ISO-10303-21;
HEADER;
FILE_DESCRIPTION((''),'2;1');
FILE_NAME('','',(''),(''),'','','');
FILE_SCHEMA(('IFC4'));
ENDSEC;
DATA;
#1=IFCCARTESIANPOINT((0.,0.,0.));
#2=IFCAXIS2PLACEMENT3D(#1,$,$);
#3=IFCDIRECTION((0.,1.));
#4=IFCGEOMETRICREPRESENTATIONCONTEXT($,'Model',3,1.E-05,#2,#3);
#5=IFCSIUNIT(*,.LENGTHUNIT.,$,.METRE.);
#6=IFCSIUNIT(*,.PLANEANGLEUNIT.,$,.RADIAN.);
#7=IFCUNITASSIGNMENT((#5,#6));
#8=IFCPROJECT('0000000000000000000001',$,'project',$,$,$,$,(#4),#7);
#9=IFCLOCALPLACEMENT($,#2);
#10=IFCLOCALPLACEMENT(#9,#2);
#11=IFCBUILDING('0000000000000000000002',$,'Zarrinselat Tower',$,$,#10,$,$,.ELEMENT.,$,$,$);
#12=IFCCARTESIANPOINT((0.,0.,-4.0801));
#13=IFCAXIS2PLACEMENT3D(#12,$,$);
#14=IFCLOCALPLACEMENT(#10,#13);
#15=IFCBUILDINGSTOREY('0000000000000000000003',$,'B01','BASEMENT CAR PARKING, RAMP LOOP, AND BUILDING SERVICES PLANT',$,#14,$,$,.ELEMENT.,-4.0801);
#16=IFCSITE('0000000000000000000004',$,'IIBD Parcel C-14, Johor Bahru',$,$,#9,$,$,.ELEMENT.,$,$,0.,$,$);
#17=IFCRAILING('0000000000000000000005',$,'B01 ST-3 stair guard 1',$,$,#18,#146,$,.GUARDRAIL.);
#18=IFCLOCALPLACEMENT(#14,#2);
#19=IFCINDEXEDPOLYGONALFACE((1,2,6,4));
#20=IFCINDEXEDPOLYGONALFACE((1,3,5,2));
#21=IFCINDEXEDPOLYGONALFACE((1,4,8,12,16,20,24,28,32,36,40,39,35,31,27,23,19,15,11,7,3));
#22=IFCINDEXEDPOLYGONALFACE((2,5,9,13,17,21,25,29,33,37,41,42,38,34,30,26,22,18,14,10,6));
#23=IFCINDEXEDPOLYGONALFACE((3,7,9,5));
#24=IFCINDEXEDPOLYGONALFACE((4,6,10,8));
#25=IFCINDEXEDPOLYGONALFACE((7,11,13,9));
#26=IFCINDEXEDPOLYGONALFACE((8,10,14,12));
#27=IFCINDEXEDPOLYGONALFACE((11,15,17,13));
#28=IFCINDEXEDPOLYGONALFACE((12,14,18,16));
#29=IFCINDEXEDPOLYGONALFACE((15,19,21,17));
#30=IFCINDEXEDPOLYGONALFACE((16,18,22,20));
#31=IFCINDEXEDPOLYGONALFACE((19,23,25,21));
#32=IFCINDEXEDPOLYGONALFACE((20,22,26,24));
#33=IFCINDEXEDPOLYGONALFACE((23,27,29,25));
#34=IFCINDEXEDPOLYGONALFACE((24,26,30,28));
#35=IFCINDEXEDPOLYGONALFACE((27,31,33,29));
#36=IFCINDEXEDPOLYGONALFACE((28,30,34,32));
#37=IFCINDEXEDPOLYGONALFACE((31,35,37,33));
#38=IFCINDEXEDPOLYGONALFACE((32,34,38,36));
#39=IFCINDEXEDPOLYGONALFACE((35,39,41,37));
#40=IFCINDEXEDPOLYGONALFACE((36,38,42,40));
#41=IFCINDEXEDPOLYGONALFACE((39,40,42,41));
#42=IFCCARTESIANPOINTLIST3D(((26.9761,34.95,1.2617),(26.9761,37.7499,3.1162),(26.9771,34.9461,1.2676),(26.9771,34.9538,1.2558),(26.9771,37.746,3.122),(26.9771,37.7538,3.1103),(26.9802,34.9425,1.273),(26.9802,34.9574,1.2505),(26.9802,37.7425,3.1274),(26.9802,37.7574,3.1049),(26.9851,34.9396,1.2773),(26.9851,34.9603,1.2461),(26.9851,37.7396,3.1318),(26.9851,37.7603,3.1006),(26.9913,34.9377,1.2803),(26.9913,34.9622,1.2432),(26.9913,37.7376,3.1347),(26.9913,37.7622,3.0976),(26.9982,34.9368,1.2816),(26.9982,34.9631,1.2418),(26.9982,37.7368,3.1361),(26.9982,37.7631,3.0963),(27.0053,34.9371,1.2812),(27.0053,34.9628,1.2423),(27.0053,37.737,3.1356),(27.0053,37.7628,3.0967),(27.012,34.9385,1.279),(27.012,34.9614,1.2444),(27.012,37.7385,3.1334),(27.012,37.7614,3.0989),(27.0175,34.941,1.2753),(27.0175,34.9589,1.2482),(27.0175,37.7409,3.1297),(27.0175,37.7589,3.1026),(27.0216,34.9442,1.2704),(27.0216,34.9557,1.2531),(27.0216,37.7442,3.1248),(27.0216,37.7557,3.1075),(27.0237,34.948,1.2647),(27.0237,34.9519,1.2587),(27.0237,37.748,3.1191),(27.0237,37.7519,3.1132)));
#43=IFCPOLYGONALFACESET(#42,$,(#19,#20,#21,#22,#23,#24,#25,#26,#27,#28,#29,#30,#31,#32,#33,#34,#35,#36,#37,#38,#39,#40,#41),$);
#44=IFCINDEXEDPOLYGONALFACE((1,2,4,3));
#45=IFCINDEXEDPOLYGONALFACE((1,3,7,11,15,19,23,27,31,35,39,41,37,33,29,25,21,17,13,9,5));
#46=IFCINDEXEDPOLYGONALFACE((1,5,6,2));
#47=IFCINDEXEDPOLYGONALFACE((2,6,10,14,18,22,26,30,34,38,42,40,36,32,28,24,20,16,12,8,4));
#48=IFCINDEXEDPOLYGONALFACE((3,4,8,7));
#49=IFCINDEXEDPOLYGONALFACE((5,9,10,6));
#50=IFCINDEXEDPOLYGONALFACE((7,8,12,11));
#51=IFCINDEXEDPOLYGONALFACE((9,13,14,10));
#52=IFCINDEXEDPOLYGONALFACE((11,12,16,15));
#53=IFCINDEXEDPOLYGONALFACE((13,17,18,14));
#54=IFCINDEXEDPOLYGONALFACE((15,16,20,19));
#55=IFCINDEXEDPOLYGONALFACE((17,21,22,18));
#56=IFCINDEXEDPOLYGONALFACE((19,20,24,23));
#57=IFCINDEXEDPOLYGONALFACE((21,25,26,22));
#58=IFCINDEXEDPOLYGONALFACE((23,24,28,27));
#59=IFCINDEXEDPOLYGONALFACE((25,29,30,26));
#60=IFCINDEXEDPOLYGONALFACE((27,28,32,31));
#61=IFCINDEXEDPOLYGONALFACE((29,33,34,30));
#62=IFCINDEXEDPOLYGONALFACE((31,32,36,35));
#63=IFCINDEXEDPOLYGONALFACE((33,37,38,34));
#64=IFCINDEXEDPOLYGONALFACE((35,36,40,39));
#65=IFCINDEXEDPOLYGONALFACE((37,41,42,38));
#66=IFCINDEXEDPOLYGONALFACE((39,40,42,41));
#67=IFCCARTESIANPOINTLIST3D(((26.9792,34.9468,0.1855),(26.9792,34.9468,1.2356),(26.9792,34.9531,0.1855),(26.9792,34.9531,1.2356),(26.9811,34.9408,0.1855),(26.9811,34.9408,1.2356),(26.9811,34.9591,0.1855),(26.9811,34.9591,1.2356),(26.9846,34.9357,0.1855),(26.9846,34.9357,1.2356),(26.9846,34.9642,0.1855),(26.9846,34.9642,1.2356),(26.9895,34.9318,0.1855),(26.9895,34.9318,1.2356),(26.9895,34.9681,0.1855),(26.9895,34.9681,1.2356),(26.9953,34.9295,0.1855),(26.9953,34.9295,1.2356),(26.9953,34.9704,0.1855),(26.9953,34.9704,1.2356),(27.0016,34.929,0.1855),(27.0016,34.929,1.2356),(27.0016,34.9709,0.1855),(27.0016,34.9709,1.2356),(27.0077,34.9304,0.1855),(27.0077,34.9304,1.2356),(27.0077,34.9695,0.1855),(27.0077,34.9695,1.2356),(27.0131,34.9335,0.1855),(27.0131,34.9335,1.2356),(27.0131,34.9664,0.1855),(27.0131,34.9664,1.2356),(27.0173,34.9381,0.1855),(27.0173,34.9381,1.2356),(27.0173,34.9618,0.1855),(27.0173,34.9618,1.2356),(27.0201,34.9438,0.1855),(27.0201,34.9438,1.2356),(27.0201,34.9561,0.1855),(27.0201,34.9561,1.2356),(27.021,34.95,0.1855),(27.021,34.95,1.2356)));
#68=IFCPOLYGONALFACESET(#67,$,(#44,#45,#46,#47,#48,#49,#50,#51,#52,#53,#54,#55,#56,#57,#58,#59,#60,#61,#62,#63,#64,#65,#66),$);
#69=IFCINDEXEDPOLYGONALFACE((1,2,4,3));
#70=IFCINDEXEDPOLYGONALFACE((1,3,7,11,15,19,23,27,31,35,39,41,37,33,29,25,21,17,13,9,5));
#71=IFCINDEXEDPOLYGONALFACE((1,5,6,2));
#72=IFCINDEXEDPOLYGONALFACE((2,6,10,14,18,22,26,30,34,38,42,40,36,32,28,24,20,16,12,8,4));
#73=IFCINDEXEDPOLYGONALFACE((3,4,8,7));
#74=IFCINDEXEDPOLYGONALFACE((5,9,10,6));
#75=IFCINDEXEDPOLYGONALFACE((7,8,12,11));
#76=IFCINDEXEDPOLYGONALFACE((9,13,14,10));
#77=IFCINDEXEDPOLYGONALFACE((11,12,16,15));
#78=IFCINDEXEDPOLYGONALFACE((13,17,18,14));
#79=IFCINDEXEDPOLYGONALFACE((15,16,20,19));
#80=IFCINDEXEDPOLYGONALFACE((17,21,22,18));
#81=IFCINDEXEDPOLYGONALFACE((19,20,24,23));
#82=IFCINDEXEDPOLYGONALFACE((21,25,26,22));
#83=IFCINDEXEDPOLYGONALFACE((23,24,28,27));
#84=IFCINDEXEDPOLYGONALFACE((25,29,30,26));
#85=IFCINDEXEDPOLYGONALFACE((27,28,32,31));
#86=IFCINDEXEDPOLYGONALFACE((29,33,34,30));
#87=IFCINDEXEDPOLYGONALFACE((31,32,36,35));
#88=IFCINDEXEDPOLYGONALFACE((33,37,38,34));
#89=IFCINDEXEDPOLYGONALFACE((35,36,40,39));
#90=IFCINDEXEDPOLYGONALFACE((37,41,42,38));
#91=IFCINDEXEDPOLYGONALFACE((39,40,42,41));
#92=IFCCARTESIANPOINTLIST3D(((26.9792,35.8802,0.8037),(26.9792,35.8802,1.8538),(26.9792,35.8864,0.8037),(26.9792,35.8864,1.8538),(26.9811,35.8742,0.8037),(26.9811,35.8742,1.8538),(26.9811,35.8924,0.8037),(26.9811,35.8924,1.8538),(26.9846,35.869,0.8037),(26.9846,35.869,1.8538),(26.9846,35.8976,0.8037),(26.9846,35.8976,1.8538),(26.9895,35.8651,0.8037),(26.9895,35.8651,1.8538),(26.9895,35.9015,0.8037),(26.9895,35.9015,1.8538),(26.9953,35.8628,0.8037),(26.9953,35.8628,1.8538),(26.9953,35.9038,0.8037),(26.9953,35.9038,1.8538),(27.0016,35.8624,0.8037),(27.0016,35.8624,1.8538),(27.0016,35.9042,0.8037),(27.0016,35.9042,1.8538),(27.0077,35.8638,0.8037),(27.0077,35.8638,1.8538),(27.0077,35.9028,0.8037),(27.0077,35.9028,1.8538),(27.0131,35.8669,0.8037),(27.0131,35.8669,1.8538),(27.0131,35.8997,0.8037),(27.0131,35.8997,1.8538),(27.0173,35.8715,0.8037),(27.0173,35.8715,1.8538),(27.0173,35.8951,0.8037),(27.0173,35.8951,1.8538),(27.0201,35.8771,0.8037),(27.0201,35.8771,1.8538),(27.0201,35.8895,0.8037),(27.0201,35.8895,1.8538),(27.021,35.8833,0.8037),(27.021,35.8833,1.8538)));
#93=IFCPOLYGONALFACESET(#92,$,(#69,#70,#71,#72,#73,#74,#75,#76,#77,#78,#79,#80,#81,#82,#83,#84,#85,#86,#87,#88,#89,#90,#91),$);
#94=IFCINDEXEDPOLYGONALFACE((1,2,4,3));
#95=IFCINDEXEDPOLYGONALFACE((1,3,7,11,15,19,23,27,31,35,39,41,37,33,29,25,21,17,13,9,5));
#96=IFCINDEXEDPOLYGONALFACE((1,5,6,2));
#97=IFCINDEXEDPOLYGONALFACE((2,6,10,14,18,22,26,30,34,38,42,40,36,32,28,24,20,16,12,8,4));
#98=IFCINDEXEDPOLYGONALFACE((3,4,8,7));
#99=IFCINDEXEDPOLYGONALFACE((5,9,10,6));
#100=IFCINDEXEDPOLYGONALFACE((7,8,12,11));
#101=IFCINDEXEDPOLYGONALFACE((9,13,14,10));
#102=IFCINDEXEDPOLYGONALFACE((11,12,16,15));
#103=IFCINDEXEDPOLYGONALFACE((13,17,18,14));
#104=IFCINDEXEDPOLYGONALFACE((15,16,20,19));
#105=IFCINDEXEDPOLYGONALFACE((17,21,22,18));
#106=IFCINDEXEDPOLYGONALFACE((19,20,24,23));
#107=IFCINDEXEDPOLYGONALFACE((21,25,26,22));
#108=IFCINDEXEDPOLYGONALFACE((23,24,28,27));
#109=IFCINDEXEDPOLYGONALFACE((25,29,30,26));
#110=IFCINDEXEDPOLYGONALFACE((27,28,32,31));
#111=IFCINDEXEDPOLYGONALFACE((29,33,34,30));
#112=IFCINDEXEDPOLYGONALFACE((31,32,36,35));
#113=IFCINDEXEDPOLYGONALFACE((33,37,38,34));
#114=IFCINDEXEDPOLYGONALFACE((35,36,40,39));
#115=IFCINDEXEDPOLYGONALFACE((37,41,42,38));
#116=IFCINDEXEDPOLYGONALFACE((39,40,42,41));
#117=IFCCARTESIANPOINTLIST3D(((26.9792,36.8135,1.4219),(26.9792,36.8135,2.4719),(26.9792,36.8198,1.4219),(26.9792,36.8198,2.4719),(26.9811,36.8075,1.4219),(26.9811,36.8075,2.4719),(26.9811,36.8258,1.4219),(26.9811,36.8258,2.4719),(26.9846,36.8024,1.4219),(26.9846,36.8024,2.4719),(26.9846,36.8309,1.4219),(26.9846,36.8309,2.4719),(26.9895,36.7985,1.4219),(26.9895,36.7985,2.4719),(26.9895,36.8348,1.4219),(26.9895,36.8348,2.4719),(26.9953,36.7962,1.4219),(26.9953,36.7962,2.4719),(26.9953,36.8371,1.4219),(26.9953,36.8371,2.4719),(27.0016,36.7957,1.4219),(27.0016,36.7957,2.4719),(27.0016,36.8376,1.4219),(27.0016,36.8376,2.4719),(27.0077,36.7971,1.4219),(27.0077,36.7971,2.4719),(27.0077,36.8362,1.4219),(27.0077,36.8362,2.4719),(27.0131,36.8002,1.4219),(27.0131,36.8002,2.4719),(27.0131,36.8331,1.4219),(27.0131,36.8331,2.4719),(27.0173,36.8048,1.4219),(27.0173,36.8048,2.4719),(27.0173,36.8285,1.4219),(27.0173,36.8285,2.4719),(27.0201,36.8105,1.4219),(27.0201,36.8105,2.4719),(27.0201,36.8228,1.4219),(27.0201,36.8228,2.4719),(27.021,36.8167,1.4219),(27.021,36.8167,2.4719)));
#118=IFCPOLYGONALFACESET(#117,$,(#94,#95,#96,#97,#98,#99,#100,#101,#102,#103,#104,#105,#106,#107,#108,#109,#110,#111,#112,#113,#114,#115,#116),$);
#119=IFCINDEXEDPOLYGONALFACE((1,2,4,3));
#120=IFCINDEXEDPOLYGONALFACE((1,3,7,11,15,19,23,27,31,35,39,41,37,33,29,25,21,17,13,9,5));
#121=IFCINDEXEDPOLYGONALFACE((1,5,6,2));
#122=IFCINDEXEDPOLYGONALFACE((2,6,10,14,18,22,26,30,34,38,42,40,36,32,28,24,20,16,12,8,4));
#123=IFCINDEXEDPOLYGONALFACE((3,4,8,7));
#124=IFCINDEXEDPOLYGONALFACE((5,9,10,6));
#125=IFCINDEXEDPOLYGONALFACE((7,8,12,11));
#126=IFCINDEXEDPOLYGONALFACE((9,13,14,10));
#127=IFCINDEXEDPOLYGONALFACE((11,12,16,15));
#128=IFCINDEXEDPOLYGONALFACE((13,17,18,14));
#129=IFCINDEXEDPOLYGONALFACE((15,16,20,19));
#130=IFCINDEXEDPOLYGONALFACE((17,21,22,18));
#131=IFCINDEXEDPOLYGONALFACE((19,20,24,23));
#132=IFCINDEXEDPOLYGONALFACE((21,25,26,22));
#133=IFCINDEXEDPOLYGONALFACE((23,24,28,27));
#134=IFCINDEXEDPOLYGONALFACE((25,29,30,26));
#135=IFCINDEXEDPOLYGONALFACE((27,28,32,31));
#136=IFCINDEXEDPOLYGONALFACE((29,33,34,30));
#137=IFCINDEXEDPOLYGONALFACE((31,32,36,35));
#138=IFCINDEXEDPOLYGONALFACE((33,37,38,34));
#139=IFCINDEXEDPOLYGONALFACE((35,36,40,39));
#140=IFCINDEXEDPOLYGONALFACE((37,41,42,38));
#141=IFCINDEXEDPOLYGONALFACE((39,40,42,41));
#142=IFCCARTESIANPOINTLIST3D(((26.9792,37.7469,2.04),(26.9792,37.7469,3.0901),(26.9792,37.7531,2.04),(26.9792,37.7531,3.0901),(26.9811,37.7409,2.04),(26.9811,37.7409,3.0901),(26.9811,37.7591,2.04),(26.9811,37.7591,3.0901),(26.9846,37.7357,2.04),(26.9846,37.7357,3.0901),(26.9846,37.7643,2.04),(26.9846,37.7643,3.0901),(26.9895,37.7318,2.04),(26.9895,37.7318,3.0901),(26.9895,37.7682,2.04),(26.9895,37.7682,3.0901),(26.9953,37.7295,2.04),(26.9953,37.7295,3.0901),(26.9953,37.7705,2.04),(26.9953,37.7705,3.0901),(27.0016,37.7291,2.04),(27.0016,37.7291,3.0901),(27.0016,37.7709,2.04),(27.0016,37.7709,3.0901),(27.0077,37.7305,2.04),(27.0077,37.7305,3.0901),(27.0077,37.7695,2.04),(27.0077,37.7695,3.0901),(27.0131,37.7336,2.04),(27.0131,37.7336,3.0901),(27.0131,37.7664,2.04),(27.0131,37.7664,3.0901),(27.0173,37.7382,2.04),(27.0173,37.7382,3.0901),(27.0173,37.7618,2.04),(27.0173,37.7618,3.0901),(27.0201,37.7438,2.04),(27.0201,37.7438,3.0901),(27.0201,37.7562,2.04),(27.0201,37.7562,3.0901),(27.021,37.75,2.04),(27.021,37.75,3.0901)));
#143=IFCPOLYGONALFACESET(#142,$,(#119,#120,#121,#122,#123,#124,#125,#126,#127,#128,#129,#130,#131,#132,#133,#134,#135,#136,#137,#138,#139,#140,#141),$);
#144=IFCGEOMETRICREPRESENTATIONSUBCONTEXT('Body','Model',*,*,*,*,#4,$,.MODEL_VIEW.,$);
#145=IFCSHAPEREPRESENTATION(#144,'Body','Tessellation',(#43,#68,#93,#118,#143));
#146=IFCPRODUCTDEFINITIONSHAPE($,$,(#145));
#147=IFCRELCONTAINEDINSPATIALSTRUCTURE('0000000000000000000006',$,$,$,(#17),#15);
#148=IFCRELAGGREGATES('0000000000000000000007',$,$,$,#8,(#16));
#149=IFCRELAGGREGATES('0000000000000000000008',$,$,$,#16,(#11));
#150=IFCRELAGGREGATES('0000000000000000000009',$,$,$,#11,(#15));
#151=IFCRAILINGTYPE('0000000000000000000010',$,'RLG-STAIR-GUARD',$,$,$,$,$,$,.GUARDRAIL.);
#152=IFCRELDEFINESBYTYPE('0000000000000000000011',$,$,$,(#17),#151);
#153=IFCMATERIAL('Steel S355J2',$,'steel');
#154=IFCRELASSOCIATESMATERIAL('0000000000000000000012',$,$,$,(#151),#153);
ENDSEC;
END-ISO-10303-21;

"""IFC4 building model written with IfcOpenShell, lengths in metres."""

from ifc_helpers import new_model, si_unit, direction, frame, origin, origin_2d, place, context, subcontext, project, spatial, circle, extrude, material, type_object, element, save


model = new_model("IFC4")

# Units and contexts
model_context = context("Model", 3, precision=1e-05, world=origin(), true_north=direction((0.0, 1.0)))
body_context = subcontext(model_context, "Body", "Model", "MODEL_VIEW")
ifc_project = project(units=[si_unit("LENGTHUNIT", "METRE"), si_unit("PLANEANGLEUNIT", "RADIAN")], contexts=[model_context])

# Site, building, storey
site_placement = place(None, origin())
site = spatial("IfcSite", under=ifc_project, at=site_placement, Name="IIBD Parcel C-14, Johor Bahru", CompositionType="ELEMENT", RefElevation=0.0)
building_placement = place(site_placement, origin())
building = spatial("IfcBuilding", under=site, at=building_placement, Name="Zarrinselat Tower", CompositionType="ELEMENT")
storey_placement = place(building_placement, frame((0.0, 0.0, -4.0801)))
storey = spatial("IfcBuildingStorey", under=building, at=storey_placement, Name="B01", Description="BASEMENT CAR PARKING, RAMP LOOP, AND BUILDING SERVICES PLANT", CompositionType="ELEMENT", Elevation=-4.0801)

# Railing
ifc_material_1 = material(Name="Steel S355J2", Category="steel")
railing_type_1 = type_object("IfcRailingType", Name="RLG-STAIR-GUARD", PredefinedType="GUARDRAIL", material=ifc_material_1)
railing_1_placement = place(storey_placement, frame((27.0, 34.95, 0.1855)))
element("IfcRailing", 1, at=railing_1_placement, inside=storey, type_object=railing_type_1, Name="B01 ST-3 stair guard 1", PredefinedType="GUARDRAIL", context=body_context, shape_type="SweptSolid", body=[
    extrude(circle(Radius=0.0239, at=origin_2d()), frame((0.0, 0.0, 1.0762), z_axis=(0.0, 0.833724, 0.552181), x_axis=(-1.0, 0.0, 0.0)), (0.0, 0.0, 1.0), 3.3584),
    extrude(circle(Radius=0.021, at=origin_2d()), origin(), (0.0, 0.0, 1.0), 1.05),
    extrude(circle(Radius=0.021, at=origin_2d()), frame((0.0, 0.9333, 0.6182)), (0.0, 0.0, 1.0), 1.05),
    extrude(circle(Radius=0.021, at=origin_2d()), frame((0.0, 1.8667, 1.2363)), (0.0, 0.0, 1.0), 1.05),
    extrude(circle(Radius=0.021, at=origin_2d()), frame((0.0, 2.8, 1.8545)), (0.0, 0.0, 1.0), 1.05),
])

save(model, "model.ifc")
